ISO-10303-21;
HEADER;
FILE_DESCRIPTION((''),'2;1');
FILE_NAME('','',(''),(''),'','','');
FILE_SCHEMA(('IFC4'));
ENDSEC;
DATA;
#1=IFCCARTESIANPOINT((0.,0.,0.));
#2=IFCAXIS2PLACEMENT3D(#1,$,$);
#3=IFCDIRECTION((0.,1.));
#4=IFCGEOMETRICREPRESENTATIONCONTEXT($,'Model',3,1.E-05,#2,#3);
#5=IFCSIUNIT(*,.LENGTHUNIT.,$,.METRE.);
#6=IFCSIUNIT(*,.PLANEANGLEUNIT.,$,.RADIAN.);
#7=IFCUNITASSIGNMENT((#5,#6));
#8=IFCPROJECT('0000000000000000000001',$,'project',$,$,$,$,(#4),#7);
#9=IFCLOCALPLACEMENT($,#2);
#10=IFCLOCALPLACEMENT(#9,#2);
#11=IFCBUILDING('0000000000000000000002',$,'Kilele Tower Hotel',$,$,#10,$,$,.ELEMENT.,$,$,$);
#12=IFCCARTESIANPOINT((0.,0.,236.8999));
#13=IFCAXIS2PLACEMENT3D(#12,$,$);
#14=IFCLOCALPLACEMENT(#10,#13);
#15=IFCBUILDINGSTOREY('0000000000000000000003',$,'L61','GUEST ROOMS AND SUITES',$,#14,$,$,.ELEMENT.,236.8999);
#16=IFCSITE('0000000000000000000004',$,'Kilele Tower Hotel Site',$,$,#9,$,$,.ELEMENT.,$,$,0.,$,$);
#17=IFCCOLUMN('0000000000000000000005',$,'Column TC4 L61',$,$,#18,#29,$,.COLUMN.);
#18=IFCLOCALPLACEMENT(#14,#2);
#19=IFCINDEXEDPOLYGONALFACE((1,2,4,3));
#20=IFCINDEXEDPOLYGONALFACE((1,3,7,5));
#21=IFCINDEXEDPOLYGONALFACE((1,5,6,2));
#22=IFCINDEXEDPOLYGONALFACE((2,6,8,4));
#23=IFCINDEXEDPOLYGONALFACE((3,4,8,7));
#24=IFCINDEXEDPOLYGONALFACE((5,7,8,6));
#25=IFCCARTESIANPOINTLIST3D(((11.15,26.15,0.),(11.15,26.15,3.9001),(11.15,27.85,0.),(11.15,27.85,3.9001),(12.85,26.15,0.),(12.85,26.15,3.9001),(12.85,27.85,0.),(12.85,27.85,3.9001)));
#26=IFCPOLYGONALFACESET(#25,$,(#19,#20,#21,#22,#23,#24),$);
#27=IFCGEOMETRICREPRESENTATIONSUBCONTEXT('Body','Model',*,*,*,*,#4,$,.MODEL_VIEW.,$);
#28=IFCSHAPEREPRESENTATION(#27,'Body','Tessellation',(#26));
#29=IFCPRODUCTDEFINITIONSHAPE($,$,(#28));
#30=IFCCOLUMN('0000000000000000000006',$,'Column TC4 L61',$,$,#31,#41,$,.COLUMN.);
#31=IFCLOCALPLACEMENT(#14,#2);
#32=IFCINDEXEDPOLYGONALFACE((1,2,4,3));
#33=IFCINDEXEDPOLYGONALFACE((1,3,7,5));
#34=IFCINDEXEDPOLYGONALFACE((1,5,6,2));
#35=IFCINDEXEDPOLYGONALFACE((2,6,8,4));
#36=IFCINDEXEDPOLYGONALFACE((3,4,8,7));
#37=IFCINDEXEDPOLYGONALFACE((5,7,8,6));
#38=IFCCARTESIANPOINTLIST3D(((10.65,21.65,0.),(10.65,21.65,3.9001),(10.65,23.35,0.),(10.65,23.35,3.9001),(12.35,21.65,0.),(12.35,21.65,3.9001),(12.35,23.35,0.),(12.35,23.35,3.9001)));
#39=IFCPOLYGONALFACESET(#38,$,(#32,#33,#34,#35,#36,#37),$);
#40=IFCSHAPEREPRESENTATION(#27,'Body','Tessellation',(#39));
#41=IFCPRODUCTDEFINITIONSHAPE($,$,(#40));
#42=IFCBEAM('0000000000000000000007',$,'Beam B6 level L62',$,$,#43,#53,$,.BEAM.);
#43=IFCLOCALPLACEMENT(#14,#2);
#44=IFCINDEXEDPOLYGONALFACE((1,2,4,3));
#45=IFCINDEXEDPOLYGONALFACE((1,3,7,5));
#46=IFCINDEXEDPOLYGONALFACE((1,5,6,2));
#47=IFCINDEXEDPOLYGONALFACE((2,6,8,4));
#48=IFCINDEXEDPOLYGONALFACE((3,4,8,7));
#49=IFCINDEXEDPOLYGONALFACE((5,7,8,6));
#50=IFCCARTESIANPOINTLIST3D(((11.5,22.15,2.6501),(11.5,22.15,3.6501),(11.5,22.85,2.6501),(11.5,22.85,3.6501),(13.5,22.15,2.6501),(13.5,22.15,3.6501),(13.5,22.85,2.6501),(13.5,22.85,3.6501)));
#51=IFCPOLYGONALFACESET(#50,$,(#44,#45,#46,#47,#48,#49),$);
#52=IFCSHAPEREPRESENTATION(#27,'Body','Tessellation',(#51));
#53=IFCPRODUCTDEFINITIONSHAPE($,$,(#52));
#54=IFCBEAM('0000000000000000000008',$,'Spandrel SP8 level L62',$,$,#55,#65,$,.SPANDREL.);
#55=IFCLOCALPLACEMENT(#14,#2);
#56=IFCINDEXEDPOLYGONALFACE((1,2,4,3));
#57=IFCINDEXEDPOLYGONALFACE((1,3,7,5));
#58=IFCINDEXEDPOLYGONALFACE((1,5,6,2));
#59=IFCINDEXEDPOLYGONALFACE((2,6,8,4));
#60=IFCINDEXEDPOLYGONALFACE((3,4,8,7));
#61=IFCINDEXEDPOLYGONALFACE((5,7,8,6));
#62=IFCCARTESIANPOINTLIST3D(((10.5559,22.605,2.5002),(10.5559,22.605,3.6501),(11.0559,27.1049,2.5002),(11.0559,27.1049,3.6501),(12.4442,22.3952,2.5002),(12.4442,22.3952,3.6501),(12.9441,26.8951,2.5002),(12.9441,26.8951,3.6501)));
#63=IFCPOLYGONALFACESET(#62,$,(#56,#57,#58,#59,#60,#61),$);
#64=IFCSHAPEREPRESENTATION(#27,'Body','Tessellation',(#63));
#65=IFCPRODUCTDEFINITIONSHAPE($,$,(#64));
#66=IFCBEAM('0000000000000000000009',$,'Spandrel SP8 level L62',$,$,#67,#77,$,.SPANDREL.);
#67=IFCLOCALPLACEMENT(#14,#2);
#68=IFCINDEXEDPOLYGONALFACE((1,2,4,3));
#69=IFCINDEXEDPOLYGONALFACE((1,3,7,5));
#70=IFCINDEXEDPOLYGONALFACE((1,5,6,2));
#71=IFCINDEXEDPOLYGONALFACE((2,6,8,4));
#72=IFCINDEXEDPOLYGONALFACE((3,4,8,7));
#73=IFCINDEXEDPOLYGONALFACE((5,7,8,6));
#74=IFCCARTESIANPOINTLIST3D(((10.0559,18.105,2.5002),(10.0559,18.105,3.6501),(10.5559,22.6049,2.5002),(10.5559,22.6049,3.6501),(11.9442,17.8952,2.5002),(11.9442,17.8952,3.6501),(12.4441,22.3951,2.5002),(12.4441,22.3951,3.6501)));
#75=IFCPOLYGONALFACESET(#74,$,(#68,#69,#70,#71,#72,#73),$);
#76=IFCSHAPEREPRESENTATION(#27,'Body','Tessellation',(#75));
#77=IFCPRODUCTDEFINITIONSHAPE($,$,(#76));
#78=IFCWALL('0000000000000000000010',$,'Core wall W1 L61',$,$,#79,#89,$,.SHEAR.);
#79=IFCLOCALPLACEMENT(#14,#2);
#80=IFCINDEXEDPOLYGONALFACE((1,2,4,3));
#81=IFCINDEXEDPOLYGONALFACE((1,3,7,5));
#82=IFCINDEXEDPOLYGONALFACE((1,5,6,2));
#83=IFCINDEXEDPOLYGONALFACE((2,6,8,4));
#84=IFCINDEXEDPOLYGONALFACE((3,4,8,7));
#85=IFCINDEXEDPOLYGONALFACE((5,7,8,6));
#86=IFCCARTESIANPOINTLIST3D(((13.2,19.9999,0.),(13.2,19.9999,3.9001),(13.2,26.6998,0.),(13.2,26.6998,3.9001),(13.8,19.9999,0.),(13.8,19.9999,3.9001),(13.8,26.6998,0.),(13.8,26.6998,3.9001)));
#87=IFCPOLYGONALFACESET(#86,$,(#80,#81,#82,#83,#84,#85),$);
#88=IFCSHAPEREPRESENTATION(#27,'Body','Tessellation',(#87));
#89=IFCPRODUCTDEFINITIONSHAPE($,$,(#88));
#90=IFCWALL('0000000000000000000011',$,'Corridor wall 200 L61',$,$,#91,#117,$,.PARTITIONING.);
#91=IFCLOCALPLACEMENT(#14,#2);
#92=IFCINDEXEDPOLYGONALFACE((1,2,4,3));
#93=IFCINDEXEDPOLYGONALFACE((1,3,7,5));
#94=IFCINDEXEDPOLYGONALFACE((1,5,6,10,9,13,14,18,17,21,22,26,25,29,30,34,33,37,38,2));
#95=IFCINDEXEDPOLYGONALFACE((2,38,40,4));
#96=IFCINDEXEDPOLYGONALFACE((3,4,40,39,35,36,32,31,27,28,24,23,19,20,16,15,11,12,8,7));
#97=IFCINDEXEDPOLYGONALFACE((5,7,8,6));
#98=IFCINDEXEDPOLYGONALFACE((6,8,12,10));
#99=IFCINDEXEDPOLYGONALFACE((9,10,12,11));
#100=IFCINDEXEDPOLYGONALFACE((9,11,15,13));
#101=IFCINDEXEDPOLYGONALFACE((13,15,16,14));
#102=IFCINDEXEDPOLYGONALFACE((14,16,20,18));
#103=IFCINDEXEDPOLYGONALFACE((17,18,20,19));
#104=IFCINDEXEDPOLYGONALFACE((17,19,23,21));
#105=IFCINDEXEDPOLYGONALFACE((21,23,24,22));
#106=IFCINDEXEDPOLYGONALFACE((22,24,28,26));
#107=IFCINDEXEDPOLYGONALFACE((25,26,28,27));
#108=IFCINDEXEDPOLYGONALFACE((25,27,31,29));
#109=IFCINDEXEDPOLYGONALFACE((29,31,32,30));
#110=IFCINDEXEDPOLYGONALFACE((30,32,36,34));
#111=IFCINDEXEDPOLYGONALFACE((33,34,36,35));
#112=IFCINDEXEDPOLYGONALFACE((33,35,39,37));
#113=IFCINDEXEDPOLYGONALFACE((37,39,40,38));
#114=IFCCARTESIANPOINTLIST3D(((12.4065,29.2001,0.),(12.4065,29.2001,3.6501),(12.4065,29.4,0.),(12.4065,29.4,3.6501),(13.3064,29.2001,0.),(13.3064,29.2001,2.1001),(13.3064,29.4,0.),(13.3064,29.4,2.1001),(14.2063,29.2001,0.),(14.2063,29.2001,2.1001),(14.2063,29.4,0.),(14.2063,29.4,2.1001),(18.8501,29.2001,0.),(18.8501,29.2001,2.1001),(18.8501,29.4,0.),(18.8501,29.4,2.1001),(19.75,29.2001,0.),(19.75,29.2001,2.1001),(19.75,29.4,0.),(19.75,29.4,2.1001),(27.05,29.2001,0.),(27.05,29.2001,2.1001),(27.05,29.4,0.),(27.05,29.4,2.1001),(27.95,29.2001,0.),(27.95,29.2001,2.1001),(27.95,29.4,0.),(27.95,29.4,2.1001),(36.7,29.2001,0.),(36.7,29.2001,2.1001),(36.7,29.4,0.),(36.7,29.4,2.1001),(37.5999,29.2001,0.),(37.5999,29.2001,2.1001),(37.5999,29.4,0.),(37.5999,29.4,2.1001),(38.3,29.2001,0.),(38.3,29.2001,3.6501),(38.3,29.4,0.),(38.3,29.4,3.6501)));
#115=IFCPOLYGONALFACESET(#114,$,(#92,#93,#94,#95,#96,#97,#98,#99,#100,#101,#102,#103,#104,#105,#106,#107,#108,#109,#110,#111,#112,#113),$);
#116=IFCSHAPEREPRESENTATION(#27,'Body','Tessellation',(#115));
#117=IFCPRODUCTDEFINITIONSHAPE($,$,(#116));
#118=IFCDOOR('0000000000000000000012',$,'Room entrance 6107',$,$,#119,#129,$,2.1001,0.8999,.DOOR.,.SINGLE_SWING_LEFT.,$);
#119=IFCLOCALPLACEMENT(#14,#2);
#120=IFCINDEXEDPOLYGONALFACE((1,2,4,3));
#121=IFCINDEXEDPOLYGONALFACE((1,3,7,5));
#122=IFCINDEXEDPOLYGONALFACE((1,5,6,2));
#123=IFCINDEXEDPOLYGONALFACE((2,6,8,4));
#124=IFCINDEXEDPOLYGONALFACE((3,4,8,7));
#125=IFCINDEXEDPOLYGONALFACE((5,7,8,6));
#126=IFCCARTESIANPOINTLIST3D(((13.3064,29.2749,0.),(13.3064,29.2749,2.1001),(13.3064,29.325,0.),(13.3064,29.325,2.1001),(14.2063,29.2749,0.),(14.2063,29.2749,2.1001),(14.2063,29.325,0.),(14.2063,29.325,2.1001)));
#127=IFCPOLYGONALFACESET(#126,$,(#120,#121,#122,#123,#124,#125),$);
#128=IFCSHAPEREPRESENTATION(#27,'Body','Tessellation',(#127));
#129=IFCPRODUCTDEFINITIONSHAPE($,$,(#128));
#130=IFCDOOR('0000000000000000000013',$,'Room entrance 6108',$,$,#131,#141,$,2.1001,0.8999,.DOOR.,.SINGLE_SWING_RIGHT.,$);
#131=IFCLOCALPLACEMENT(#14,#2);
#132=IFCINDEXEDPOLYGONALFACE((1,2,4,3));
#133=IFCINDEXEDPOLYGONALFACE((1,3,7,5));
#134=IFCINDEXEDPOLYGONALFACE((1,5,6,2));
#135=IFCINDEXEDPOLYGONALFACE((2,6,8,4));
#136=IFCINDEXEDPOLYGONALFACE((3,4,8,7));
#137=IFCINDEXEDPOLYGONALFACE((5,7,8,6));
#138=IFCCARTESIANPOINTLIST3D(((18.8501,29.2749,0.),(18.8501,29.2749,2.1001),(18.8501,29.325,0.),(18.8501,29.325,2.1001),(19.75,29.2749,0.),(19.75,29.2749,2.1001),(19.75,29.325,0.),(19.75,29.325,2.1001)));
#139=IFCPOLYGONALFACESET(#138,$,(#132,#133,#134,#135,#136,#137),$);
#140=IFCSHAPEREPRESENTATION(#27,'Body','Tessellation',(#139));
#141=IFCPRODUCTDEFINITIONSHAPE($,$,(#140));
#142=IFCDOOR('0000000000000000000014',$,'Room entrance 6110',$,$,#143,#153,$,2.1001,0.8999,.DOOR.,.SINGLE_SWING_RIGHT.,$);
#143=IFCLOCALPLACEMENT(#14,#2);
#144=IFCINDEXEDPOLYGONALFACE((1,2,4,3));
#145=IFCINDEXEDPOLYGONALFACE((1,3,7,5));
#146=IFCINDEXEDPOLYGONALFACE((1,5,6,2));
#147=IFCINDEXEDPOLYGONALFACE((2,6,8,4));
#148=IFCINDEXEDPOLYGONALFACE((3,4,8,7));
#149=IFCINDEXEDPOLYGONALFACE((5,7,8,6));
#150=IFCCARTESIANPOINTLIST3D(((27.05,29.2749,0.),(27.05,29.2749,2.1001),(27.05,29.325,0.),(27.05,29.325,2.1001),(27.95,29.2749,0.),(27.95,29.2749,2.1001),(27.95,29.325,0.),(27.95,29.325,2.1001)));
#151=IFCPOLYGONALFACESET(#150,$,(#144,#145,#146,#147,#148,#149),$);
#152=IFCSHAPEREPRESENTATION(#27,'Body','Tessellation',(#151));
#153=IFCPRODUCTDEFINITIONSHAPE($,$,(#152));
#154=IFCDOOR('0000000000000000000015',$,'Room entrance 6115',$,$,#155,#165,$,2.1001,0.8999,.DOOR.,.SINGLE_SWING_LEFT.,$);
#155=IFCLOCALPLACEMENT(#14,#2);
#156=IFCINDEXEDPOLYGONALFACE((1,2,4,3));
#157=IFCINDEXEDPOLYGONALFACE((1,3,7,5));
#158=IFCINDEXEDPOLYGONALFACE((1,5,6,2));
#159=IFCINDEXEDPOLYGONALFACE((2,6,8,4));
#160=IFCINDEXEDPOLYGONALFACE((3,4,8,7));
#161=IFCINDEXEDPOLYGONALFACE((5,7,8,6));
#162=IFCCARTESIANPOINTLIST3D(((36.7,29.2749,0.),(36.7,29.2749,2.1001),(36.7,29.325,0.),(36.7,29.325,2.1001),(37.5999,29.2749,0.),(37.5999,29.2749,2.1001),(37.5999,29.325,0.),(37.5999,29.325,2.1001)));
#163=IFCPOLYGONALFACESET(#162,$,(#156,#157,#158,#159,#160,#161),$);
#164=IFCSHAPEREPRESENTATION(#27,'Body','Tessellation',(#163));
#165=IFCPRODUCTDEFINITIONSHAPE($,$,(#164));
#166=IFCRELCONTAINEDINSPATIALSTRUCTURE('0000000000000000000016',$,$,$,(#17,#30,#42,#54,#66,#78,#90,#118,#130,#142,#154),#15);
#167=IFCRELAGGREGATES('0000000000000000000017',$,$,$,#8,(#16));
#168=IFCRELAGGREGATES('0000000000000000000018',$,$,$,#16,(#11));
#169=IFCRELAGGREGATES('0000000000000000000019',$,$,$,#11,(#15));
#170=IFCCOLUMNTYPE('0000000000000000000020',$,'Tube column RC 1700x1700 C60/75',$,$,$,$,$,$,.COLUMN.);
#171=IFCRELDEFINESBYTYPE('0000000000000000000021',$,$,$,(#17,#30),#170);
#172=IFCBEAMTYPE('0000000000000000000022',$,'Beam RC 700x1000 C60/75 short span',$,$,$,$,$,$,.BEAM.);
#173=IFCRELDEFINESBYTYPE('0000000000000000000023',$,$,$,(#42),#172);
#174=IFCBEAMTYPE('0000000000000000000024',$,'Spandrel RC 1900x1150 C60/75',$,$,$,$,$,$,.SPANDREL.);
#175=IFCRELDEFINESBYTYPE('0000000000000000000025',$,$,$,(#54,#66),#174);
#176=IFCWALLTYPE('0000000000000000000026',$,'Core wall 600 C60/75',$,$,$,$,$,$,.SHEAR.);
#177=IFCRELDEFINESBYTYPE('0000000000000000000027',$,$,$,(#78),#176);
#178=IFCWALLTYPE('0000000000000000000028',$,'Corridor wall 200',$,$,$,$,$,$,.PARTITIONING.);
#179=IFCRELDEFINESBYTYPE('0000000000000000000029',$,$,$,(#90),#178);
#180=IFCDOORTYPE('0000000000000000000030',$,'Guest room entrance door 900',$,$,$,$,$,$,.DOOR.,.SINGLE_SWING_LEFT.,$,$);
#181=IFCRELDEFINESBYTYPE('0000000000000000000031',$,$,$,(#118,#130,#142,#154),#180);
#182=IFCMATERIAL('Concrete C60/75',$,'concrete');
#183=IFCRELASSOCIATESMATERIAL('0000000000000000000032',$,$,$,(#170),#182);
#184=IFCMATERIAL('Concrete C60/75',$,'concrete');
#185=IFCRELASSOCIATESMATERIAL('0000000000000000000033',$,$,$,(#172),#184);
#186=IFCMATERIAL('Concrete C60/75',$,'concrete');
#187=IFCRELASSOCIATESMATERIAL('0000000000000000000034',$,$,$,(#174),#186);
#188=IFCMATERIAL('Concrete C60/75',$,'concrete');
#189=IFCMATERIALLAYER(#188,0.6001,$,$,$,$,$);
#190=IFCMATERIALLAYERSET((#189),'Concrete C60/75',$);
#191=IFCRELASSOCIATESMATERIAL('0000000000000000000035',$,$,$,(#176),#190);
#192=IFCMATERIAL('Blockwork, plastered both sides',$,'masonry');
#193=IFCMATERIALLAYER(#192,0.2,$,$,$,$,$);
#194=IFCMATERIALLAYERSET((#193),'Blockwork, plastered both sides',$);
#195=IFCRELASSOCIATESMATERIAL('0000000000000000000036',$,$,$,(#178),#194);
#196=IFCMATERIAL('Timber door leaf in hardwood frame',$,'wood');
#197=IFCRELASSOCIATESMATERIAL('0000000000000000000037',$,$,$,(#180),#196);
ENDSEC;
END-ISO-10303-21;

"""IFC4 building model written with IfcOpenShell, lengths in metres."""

from ifc_helpers import new_model, si_unit, direction, frame, frame_2d, origin, origin_2d, place, context, subcontext, project, spatial, rectangle, extrude, material, layer, layer_set, material_profile, profile_set, type_object, element, fill, save


model = new_model("IFC4")

# Units and contexts
model_context = context("Model", 3, precision=1e-05, world=origin(), true_north=direction((0.0, 1.0)))
body_context = subcontext(model_context, "Body", "Model", "MODEL_VIEW")
ifc_project = project(units=[si_unit("LENGTHUNIT", "METRE"), si_unit("PLANEANGLEUNIT", "RADIAN")], contexts=[model_context])

# Site, building, storey
site_placement = place(None, origin())
site = spatial("IfcSite", under=ifc_project, at=site_placement, Name="Kilele Tower Hotel Site", CompositionType="ELEMENT", RefElevation=0.0)
building_placement = place(site_placement, origin())
building = spatial("IfcBuilding", under=site, at=building_placement, Name="Kilele Tower Hotel", CompositionType="ELEMENT")
storey_placement = place(building_placement, frame((0.0, 0.0, 236.8999)))
storey = spatial("IfcBuildingStorey", under=building, at=storey_placement, Name="L61", Description="GUEST ROOMS AND SUITES", CompositionType="ELEMENT", Elevation=236.8999)

# Columns
ifc_material_1 = material(Name="Concrete C60/75", Category="concrete")
ifc_material_profile_1 = material_profile(ifc_material_1, rectangle(XDim=1.7, YDim=1.7, at=origin_2d()))
ifc_profile_set_1 = profile_set([ifc_material_profile_1], Name="Concrete C60/75")
column_type = type_object("IfcColumnType", Name="Tube column RC 1700x1700 C60/75", PredefinedType="COLUMN", material=ifc_profile_set_1)
for number, where, z_axis, x_axis, name in (
    (1, (12.0, 27.0, 0.0), (0.0, 0.0, 1.0), (1.0, 0.0, 0.0), "Column TC4 L61"),
    (2, (11.5, 22.5, 0.0), (0.0, 0.0, 1.0), (1.0, 0.0, 0.0), "Column TC4 L61"),
):
    element("IfcColumn", number, at=place(storey_placement, frame(where, z_axis=z_axis, x_axis=x_axis)), inside=storey, type_object=column_type, Name=name, PredefinedType="COLUMN", context=body_context, shape_type="SweptSolid", body=[
        extrude(rectangle(XDim=1.7, YDim=1.7, at=origin_2d()), origin(), (0.0, 0.0, 1.0), 3.9001),
    ])

# Beams
ifc_material_2 = material(Name="Concrete C60/75", Category="concrete")
ifc_material_profile_2 = material_profile(ifc_material_2, rectangle(XDim=0.7, YDim=1.0, at=origin_2d()))
ifc_profile_set_2 = profile_set([ifc_material_profile_2], Name="Concrete C60/75")
beam_type_1 = type_object("IfcBeamType", Name="Beam RC 700x1000 C60/75 short span", PredefinedType="BEAM", material=ifc_profile_set_2)
beam_placement = place(storey_placement, frame((11.5, 22.5, 3.1501), z_axis=(1.0, 0.0, 0.0), x_axis=(0.0, 1.0, 0.0)))
element("IfcBeam", 3, at=beam_placement, inside=storey, type_object=beam_type_1, Name="Beam B6 level L62", PredefinedType="BEAM", context=body_context, shape_type="SweptSolid", body=[
    extrude(rectangle(XDim=0.7, YDim=1.0, at=origin_2d()), origin(), (0.0, 0.0, 1.0), 2.0),
])
ifc_material_3 = material(Name="Concrete C60/75", Category="concrete")
ifc_material_profile_3 = material_profile(ifc_material_3, rectangle(XDim=1.8999, YDim=1.1499, at=origin_2d()))
ifc_profile_set_3 = profile_set([ifc_material_profile_3], Name="Concrete C60/75")
beam_type_2 = type_object("IfcBeamType", Name="Spandrel RC 1900x1150 C60/75", PredefinedType="SPANDREL", material=ifc_profile_set_3)
for number, where, z_axis, x_axis, name in (
    (4, (12.0, 27.0, 3.0752), (-0.110432, -0.993884, 0.0), (0.993884, -0.110432, 0.0), "Spandrel SP8 level L62"),
    (5, (11.5, 22.5, 3.0752), (-0.110432, -0.993884, 0.0), (0.993884, -0.110432, 0.0), "Spandrel SP8 level L62"),
):
    element("IfcBeam", number, at=place(storey_placement, frame(where, z_axis=z_axis, x_axis=x_axis)), inside=storey, type_object=beam_type_2, Name=name, PredefinedType="SPANDREL", context=body_context, shape_type="SweptSolid", body=[
        extrude(rectangle(XDim=1.8999, YDim=1.1499, at=origin_2d()), origin(), (0.0, 0.0, 1.0), 4.5276),
    ])

# Wall
ifc_material_4 = material(Name="Concrete C60/75", Category="concrete")
ifc_layer_1 = layer(ifc_material_4, 0.6001)
ifc_layer_set_1 = layer_set([ifc_layer_1], Name="Concrete C60/75")
wall_type_1 = type_object("IfcWallType", Name="Core wall 600 C60/75", PredefinedType="SHEAR", material=ifc_layer_set_1)
wall_1_placement = place(storey_placement, frame((13.5, 26.7, 0.0), z_axis=(0.0, 0.0, 1.0), x_axis=(0.0, -1.0, 0.0)))
element("IfcWall", 6, at=wall_1_placement, inside=storey, type_object=wall_type_1, Name="Core wall W1 L61", PredefinedType="SHEAR", context=body_context, shape_type="SweptSolid", body=[
    extrude(rectangle(XDim=6.7, YDim=0.6001, at=frame_2d((3.3501, 0.0))), origin(), (0.0, 0.0, 1.0), 3.9001),
])

# Wall, openings, doors
ifc_material_5 = material(Name="Blockwork, plastered both sides", Category="masonry")
ifc_layer_2 = layer(ifc_material_5, 0.2)
ifc_layer_set_2 = layer_set([ifc_layer_2], Name="Blockwork, plastered both sides")
wall_type_2 = type_object("IfcWallType", Name="Corridor wall 200", PredefinedType="PARTITIONING", material=ifc_layer_set_2)
wall_2_placement = place(storey_placement, frame((12.4065, 29.3, 0.0), z_axis=(0.0, 0.0, 1.0), x_axis=(1.0, 0.0, 0.0)))
wall_2 = element("IfcWall", 7, at=wall_2_placement, inside=storey, type_object=wall_type_2, Name="Corridor wall 200 L61", PredefinedType="PARTITIONING", context=body_context, shape_type="SweptSolid", body=[
    extrude(rectangle(XDim=25.8936, YDim=0.2, at=frame_2d((12.9468, 0.0))), origin(), (0.0, 0.0, 1.0), 3.6501),
])
opening_1_placement = place(wall_2_placement, frame((0.8999, 0.0, 0.0)))
opening_1 = element("IfcOpeningElement", 8, at=opening_1_placement, cuts=wall_2, PredefinedType="OPENING", context=body_context, shape_type="SweptSolid", body=[
    extrude(rectangle(XDim=0.8999, YDim=2.1001, at=frame_2d((0.45, 1.05))), frame((0.0, 0.1099, 0.0), z_axis=(0.0, -1.0, 0.0), x_axis=(1.0, 0.0, 0.0)), (0.0, 0.0, 1.0), 0.22),
])
opening_2_placement = place(wall_2_placement, frame((6.4436, 0.0, 0.0)))
opening_2 = element("IfcOpeningElement", 9, at=opening_2_placement, cuts=wall_2, PredefinedType="OPENING", context=body_context, shape_type="SweptSolid", body=[
    extrude(rectangle(XDim=0.8999, YDim=2.1001, at=frame_2d((0.45, 1.05))), frame((0.0, 0.1099, 0.0), z_axis=(0.0, -1.0, 0.0), x_axis=(1.0, 0.0, 0.0)), (0.0, 0.0, 1.0), 0.22),
])
opening_3_placement = place(wall_2_placement, frame((14.6436, 0.0, 0.0)))
opening_3 = element("IfcOpeningElement", 10, at=opening_3_placement, cuts=wall_2, PredefinedType="OPENING", context=body_context, shape_type="SweptSolid", body=[
    extrude(rectangle(XDim=0.8999, YDim=2.1001, at=frame_2d((0.45, 1.05))), frame((0.0, 0.1099, 0.0), z_axis=(0.0, -1.0, 0.0), x_axis=(1.0, 0.0, 0.0)), (0.0, 0.0, 1.0), 0.22),
])
opening_4_placement = place(wall_2_placement, frame((24.2935, 0.0, 0.0)))
opening_4 = element("IfcOpeningElement", 11, at=opening_4_placement, cuts=wall_2, PredefinedType="OPENING", context=body_context, shape_type="SweptSolid", body=[
    extrude(rectangle(XDim=0.8999, YDim=2.1001, at=frame_2d((0.45, 1.05))), frame((0.0, 0.1099, 0.0), z_axis=(0.0, -1.0, 0.0), x_axis=(1.0, 0.0, 0.0)), (0.0, 0.0, 1.0), 0.22),
])
ifc_material_6 = material(Name="Timber door leaf in hardwood frame", Category="wood")
door_type_1 = type_object("IfcDoorType", Name="Guest room entrance door 900", OperationType="SINGLE_SWING_LEFT", PredefinedType="DOOR", material=ifc_material_6)
door_1_placement = place(opening_1_placement, origin())
door_1 = element("IfcDoor", 12, at=door_1_placement, inside=storey, type_object=door_type_1, Name="Room entrance 6107", OperationType="SINGLE_SWING_LEFT", OverallHeight=2.1001, OverallWidth=0.8999, PredefinedType="DOOR", context=body_context, shape_type="SweptSolid", body=[
    extrude(rectangle(XDim=0.8999, YDim=2.1001, at=frame_2d((0.45, 1.05))), frame((0.0, 0.0249, 0.0), z_axis=(0.0, -1.0, 0.0), x_axis=(1.0, 0.0, 0.0)), (0.0, 0.0, 1.0), 0.05),
])
fill(opening_1, door_1)
door_2_placement = place(opening_2_placement, origin())
door_2 = element("IfcDoor", 13, at=door_2_placement, inside=storey, type_object=door_type_1, Name="Room entrance 6108", OperationType="SINGLE_SWING_RIGHT", OverallHeight=2.1001, OverallWidth=0.8999, PredefinedType="DOOR", context=body_context, shape_type="SweptSolid", body=[
    extrude(rectangle(XDim=0.8999, YDim=2.1001, at=frame_2d((0.45, 1.05))), frame((0.0, 0.0249, 0.0), z_axis=(0.0, -1.0, 0.0), x_axis=(1.0, 0.0, 0.0)), (0.0, 0.0, 1.0), 0.05),
])
fill(opening_2, door_2)
door_3_placement = place(opening_3_placement, origin())
door_3 = element("IfcDoor", 14, at=door_3_placement, inside=storey, type_object=door_type_1, Name="Room entrance 6110", OperationType="SINGLE_SWING_RIGHT", OverallHeight=2.1001, OverallWidth=0.8999, PredefinedType="DOOR", context=body_context, shape_type="SweptSolid", body=[
    extrude(rectangle(XDim=0.8999, YDim=2.1001, at=frame_2d((0.45, 1.05))), frame((0.0, 0.0249, 0.0), z_axis=(0.0, -1.0, 0.0), x_axis=(1.0, 0.0, 0.0)), (0.0, 0.0, 1.0), 0.05),
])
fill(opening_3, door_3)
door_4_placement = place(opening_4_placement, origin())
door_4 = element("IfcDoor", 15, at=door_4_placement, inside=storey, type_object=door_type_1, Name="Room entrance 6115", OperationType="SINGLE_SWING_LEFT", OverallHeight=2.1001, OverallWidth=0.8999, PredefinedType="DOOR", context=body_context, shape_type="SweptSolid", body=[
    extrude(rectangle(XDim=0.8999, YDim=2.1001, at=frame_2d((0.45, 1.05))), frame((0.0, 0.0249, 0.0), z_axis=(0.0, -1.0, 0.0), x_axis=(1.0, 0.0, 0.0)), (0.0, 0.0, 1.0), 0.05),
])
fill(opening_4, door_4)

save(model, "model.ifc")
